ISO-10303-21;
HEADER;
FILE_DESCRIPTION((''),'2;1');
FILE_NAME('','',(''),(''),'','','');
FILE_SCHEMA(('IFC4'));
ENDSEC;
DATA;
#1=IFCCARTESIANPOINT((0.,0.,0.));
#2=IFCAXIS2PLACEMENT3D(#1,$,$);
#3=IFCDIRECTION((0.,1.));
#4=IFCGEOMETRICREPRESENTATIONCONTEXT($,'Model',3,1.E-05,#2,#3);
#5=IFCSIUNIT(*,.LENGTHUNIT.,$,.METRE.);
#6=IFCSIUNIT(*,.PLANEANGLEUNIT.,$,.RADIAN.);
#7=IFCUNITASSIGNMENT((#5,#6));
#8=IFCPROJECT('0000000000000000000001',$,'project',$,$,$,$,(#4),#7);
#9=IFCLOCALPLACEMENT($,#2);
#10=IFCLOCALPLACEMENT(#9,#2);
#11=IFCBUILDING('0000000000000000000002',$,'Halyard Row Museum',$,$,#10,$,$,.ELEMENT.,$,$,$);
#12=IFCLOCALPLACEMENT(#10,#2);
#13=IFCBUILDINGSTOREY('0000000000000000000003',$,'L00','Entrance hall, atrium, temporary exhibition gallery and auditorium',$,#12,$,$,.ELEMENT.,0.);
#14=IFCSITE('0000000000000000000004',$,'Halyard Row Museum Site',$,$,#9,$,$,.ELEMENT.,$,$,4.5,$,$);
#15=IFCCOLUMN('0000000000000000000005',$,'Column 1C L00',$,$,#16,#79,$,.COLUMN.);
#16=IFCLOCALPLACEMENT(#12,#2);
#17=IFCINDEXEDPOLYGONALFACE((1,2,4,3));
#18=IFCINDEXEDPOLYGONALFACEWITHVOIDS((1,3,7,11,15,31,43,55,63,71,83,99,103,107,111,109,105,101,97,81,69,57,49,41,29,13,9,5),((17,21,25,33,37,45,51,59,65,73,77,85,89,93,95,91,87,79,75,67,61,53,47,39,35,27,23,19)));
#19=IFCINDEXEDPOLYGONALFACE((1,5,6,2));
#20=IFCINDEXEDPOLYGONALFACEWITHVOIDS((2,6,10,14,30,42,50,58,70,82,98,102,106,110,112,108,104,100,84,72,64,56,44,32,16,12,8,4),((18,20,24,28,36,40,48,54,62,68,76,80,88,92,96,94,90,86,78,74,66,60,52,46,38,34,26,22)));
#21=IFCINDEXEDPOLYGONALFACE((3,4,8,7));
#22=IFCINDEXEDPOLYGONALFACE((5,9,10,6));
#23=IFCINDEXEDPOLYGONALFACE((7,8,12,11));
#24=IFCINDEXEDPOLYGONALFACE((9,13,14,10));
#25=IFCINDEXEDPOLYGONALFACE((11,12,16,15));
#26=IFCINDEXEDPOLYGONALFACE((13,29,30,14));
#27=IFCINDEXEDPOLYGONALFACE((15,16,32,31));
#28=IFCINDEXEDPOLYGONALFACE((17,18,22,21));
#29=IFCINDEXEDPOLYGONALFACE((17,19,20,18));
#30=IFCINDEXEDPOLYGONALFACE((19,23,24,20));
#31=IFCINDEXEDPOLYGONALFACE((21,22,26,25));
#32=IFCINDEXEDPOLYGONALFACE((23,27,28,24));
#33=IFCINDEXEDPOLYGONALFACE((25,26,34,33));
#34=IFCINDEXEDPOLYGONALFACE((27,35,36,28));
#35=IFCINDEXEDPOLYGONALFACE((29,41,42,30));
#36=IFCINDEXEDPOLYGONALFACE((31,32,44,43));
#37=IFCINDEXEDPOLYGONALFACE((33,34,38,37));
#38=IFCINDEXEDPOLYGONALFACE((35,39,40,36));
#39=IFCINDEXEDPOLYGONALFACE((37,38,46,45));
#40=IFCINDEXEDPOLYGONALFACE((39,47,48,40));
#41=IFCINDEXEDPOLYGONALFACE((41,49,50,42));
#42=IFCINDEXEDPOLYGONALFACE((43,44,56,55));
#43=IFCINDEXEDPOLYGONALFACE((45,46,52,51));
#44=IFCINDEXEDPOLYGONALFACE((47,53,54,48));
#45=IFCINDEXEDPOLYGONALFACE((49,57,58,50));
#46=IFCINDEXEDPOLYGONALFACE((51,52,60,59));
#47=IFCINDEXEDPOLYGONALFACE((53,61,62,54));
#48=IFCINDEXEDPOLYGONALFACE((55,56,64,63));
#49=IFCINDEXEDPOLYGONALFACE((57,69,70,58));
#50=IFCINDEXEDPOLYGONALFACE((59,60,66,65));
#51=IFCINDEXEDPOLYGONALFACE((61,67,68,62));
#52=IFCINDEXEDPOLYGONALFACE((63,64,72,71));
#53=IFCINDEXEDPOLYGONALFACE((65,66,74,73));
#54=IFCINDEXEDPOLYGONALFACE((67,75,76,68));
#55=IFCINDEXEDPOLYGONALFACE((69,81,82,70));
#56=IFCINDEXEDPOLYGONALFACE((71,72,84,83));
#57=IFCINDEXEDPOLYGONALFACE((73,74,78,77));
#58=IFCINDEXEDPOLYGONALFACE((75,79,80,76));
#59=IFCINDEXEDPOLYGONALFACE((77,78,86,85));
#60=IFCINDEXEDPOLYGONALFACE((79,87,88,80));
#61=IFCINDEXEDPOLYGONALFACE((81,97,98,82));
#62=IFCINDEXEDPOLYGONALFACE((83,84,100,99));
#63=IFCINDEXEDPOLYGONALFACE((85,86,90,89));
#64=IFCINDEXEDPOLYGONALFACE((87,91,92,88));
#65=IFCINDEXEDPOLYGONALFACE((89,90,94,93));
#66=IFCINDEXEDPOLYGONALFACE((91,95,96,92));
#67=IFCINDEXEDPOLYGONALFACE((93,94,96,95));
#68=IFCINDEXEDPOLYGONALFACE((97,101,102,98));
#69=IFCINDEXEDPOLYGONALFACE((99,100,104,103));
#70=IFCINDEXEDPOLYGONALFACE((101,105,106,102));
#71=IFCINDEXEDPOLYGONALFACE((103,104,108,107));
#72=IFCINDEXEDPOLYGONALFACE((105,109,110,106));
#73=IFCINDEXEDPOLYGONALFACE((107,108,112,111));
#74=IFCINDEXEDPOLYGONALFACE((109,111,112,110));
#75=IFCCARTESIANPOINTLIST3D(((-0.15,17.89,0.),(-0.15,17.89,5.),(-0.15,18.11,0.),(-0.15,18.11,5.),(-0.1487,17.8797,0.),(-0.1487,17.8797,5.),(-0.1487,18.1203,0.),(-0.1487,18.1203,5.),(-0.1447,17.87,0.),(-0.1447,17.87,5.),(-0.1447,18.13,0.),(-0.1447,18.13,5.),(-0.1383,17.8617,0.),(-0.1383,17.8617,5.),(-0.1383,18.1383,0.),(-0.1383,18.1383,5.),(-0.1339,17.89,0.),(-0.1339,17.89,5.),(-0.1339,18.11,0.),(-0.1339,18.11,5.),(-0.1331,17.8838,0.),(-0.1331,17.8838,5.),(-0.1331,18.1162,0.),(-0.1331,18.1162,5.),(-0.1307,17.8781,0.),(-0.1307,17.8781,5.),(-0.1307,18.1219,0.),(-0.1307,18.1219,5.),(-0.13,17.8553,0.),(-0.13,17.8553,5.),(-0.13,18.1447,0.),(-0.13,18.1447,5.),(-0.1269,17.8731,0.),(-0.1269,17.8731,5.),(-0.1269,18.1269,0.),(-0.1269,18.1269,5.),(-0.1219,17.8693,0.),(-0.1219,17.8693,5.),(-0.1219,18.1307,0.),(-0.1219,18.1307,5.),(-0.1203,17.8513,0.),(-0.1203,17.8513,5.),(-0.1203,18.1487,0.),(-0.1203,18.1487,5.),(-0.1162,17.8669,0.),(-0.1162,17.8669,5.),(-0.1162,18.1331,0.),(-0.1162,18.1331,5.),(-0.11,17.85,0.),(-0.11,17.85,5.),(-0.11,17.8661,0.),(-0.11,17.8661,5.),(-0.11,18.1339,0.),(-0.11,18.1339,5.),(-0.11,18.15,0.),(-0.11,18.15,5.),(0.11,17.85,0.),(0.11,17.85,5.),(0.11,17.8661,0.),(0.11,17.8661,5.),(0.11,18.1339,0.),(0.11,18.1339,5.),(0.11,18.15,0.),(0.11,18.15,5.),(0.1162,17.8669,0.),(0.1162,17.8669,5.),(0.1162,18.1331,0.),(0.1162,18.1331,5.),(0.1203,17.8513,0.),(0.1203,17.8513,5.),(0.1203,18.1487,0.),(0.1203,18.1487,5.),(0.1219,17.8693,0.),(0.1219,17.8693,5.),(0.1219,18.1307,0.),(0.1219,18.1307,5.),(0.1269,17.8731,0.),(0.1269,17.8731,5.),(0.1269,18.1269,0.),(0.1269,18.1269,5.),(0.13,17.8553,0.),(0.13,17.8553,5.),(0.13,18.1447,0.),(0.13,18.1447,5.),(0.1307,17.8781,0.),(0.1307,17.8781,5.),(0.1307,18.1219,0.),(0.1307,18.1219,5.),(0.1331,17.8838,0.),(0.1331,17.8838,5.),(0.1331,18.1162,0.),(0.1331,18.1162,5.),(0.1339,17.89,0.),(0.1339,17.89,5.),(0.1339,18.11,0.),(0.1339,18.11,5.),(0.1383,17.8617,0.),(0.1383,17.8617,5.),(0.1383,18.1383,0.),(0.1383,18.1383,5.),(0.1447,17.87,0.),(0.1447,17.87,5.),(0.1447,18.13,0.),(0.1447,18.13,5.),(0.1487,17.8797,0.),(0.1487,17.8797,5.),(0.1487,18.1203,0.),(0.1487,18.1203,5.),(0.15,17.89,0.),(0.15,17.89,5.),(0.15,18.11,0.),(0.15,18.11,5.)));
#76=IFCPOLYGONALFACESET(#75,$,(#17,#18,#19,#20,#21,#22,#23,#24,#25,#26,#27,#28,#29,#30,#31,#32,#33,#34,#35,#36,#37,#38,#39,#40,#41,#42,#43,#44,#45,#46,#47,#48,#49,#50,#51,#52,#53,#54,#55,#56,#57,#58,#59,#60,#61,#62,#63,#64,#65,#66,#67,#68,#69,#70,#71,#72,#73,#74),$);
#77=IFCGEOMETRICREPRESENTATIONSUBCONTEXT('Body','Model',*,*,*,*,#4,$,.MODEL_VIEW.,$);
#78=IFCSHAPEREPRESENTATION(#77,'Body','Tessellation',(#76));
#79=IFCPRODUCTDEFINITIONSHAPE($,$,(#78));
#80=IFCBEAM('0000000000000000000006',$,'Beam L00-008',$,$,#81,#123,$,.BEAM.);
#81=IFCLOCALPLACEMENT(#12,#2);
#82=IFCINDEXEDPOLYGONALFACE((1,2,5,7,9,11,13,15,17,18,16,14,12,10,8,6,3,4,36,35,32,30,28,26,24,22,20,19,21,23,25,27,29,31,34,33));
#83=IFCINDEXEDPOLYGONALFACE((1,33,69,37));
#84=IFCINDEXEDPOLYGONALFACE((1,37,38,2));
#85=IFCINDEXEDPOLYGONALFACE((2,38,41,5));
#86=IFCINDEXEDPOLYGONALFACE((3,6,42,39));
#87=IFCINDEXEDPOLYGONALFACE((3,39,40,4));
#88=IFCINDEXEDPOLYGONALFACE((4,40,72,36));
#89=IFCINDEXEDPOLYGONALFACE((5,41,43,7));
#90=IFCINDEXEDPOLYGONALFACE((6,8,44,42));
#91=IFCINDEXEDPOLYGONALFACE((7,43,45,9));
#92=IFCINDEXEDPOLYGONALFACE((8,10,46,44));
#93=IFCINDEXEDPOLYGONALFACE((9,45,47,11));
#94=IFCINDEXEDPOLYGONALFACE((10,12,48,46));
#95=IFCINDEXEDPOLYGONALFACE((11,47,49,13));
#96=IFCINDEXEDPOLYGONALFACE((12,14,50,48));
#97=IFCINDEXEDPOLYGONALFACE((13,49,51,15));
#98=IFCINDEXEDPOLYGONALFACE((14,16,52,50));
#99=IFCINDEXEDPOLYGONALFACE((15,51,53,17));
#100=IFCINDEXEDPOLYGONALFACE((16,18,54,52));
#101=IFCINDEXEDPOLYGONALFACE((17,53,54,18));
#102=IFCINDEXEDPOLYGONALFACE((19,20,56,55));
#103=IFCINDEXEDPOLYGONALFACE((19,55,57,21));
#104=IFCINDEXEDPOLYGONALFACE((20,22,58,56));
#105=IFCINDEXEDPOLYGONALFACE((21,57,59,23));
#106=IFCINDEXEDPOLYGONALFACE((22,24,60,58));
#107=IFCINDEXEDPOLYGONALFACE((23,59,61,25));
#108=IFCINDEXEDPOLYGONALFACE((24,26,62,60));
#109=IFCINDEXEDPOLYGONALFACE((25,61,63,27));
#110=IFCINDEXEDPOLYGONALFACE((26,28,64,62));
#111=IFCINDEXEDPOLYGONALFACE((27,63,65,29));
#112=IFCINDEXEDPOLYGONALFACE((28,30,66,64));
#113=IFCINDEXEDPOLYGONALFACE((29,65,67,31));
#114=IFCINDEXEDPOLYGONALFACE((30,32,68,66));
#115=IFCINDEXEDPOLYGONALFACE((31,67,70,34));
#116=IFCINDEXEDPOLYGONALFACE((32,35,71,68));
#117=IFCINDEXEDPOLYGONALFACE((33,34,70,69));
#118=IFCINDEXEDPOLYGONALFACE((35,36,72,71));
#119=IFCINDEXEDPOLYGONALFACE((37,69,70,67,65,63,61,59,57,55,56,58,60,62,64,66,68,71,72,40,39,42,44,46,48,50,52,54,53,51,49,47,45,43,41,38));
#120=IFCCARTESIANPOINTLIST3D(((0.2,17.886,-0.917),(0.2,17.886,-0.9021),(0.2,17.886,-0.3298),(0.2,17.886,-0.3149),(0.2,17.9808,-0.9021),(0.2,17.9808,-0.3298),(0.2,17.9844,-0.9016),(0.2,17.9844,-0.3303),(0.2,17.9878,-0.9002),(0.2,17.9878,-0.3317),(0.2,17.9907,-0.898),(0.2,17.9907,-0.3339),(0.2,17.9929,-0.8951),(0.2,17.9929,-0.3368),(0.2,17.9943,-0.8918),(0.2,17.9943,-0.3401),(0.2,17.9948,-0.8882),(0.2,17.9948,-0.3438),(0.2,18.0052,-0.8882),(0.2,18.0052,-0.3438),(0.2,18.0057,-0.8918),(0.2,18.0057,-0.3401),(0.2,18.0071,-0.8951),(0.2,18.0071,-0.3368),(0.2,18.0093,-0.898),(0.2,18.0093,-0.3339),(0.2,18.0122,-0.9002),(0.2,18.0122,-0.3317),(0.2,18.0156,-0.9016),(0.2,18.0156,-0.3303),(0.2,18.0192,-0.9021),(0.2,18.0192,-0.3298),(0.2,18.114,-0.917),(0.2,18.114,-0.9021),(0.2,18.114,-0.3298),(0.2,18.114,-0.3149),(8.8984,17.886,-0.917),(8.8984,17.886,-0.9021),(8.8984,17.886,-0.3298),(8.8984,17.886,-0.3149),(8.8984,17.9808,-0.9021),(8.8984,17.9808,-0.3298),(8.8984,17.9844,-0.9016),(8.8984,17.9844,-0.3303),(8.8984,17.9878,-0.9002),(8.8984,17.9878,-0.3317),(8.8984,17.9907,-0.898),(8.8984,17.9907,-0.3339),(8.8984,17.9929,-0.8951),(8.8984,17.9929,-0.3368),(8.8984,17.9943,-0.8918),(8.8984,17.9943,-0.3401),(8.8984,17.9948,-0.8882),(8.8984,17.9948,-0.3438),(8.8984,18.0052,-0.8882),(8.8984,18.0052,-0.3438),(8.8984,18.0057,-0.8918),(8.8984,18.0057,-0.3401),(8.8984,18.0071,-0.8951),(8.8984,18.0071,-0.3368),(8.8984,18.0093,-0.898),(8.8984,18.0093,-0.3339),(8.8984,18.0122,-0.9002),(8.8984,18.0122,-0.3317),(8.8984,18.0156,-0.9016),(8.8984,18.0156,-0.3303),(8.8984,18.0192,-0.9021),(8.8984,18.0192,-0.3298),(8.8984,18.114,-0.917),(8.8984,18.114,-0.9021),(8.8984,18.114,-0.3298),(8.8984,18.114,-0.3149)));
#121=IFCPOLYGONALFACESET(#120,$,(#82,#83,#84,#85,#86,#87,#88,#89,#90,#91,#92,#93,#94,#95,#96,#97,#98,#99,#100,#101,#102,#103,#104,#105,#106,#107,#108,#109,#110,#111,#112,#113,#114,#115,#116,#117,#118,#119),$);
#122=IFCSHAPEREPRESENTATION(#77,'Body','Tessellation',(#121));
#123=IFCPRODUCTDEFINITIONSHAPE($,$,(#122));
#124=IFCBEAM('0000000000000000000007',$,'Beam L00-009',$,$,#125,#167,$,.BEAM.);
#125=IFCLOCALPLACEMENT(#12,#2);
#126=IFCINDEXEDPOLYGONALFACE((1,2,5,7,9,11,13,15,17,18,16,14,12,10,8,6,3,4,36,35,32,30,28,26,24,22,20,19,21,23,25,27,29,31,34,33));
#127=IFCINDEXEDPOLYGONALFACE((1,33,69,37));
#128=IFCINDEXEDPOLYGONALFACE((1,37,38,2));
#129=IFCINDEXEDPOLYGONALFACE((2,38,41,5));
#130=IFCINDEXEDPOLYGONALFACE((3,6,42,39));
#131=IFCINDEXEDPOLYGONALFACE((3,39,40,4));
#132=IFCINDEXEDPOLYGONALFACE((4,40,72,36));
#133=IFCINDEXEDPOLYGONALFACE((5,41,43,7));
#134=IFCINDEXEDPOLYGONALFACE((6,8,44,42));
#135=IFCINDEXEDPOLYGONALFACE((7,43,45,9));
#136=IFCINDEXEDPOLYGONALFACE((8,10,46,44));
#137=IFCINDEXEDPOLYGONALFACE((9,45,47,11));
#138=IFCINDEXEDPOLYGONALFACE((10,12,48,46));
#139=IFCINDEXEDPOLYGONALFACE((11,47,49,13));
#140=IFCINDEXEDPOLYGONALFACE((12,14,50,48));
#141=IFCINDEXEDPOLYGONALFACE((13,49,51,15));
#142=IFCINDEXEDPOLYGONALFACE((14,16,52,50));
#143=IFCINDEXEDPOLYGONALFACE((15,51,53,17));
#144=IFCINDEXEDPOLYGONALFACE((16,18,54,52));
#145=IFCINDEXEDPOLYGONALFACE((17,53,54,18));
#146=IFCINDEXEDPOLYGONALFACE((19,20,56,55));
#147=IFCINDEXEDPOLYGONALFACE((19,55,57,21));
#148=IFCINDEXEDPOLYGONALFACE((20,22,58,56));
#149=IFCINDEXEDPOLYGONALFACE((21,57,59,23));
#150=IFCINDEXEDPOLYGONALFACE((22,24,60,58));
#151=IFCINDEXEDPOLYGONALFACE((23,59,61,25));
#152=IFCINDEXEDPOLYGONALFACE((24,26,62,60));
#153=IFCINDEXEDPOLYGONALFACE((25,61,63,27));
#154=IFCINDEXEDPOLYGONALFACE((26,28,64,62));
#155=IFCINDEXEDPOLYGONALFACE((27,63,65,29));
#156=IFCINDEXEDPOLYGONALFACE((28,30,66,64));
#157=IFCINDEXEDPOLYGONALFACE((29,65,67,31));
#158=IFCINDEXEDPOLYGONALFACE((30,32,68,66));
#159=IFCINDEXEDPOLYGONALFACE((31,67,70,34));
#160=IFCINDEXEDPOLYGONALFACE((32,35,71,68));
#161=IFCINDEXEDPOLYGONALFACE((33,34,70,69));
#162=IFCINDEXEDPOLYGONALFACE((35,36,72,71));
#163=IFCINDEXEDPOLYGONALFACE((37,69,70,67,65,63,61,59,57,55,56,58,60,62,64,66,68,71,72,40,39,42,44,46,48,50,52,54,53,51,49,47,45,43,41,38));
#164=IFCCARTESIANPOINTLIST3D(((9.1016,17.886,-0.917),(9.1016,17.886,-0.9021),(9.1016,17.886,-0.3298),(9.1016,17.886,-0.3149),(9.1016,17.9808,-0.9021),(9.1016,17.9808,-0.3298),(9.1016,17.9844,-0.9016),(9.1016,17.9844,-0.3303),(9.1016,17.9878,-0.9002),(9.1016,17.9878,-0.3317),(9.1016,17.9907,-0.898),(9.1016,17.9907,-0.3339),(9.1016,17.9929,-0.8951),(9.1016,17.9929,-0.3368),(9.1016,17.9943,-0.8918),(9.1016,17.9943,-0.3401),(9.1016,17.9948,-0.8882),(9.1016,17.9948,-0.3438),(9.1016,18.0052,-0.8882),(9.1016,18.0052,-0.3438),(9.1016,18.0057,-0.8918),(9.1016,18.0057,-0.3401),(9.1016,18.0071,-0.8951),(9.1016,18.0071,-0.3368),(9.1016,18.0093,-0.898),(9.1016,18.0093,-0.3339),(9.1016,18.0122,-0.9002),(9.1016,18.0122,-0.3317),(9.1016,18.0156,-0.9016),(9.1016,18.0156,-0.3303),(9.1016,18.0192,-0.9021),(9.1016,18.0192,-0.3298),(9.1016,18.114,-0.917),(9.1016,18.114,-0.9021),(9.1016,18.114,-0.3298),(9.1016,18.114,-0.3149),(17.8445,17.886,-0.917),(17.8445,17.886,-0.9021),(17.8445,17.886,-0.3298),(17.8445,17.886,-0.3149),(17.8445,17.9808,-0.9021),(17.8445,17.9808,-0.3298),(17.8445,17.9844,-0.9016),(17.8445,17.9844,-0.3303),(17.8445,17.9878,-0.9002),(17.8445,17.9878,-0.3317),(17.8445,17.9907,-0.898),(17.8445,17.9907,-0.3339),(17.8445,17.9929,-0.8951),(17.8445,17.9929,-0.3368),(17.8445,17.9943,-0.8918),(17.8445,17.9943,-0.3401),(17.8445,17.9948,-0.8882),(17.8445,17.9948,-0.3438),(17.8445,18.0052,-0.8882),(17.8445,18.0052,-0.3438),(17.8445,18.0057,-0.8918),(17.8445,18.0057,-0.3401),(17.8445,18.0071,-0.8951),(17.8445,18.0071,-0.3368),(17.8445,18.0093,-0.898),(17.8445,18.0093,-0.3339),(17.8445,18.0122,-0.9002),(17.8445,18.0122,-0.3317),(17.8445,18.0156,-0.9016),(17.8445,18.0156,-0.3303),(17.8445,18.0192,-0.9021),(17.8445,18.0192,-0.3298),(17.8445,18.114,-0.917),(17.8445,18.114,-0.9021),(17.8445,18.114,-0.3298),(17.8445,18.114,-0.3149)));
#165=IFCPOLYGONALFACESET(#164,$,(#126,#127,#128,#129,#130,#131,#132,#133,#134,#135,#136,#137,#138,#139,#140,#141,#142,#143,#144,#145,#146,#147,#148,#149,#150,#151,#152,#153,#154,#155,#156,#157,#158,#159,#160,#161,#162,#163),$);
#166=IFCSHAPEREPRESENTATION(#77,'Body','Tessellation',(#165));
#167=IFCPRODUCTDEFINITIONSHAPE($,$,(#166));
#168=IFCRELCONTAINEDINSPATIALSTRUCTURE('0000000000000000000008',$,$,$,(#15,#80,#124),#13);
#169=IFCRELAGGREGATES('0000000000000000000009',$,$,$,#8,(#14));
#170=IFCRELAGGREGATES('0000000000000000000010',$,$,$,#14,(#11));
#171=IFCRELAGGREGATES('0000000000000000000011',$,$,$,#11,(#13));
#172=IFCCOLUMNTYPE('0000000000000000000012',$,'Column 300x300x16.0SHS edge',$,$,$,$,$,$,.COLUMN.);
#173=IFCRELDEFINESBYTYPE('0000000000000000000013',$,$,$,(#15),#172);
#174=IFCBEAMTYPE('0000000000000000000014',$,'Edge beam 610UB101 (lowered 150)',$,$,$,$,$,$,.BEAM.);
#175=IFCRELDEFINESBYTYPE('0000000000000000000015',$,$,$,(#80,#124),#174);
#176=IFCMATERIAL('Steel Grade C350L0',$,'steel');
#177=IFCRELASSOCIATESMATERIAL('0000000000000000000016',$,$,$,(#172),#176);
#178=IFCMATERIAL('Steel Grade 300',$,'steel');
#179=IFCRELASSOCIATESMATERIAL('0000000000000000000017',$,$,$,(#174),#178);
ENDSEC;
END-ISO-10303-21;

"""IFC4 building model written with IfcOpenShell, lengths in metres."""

from ifc_helpers import new_model, si_unit, direction, frame, origin, origin_2d, place, context, subcontext, project, spatial, hollow_rectangle, i_section, extrude, material, material_profile, profile_set, type_object, element, save


model = new_model("IFC4")

# Units and contexts
model_context = context("Model", 3, precision=1e-05, world=origin(), true_north=direction((0.0, 1.0)))
body_context = subcontext(model_context, "Body", "Model", "MODEL_VIEW")
ifc_project = project(units=[si_unit("LENGTHUNIT", "METRE"), si_unit("PLANEANGLEUNIT", "RADIAN")], contexts=[model_context])

# Site, building, storey
site_placement = place(None, origin())
site = spatial("IfcSite", under=ifc_project, at=site_placement, Name="Halyard Row Museum Site", CompositionType="ELEMENT", RefElevation=4.5)
building_placement = place(site_placement, origin())
building = spatial("IfcBuilding", under=site, at=building_placement, Name="Halyard Row Museum", CompositionType="ELEMENT")
storey_placement = place(building_placement, origin())
storey = spatial("IfcBuildingStorey", under=building, at=storey_placement, Name="L00", Description="Entrance hall, atrium, temporary exhibition gallery and auditorium", CompositionType="ELEMENT", Elevation=0.0)

# Column
ifc_material_1 = material(Name="Steel Grade C350L0", Category="steel")
ifc_material_profile_1 = material_profile(ifc_material_1, hollow_rectangle(XDim=0.3, YDim=0.3, WallThickness=0.0161, InnerFilletRadius=0.0239, OuterFilletRadius=0.04, at=origin_2d()), Name="300x300x16.0SHS")
ifc_profile_set_1 = profile_set([ifc_material_profile_1], Name="Steel Grade C350L0")
column_type = type_object("IfcColumnType", Name="Column 300x300x16.0SHS edge", PredefinedType="COLUMN", material=ifc_profile_set_1)
column_placement = place(storey_placement, frame((0.0, 18.0, 0.0), z_axis=(0.0, 0.0, 1.0), x_axis=(1.0, 0.0, 0.0)))
element("IfcColumn", 1, at=column_placement, inside=storey, type_object=column_type, Name="Column 1C L00", PredefinedType="COLUMN", context=body_context, shape_type="SweptSolid", body=[
    extrude(hollow_rectangle(XDim=0.3, YDim=0.3, WallThickness=0.0161, InnerFilletRadius=0.0239, OuterFilletRadius=0.04, at=origin_2d()), origin(), (0.0, 0.0, 1.0), 5.0),
])

# Beams
ifc_material_2 = material(Name="Steel Grade 300", Category="steel")
ifc_material_profile_2 = material_profile(ifc_material_2, i_section(OverallWidth=0.228, OverallDepth=0.6021, WebThickness=0.0105, FlangeThickness=0.0149, FilletRadius=0.0139, at=origin_2d()), Name="610UB101")
ifc_profile_set_2 = profile_set([ifc_material_profile_2], Name="Steel Grade 300")
beam_type_1 = type_object("IfcBeamType", Name="Edge beam 610UB101 (lowered 150)", PredefinedType="BEAM", material=ifc_profile_set_2)
beam_1_placement = place(storey_placement, frame((0.2, 18.0, -0.616), z_axis=(1.0, 0.0, 0.0), x_axis=(0.0, 1.0, 0.0)))
element("IfcBeam", 2, at=beam_1_placement, inside=storey, type_object=beam_type_1, Name="Beam L00-008", PredefinedType="BEAM", context=body_context, shape_type="SweptSolid", body=[
    extrude(i_section(OverallWidth=0.228, OverallDepth=0.6021, WebThickness=0.0105, FlangeThickness=0.0149, FilletRadius=0.0139, at=origin_2d()), origin(), (0.0, 0.0, 1.0), 8.6985),
])
beam_2_placement = place(storey_placement, frame((9.1016, 18.0, -0.616), z_axis=(1.0, 0.0, 0.0), x_axis=(0.0, 1.0, 0.0)))
element("IfcBeam", 3, at=beam_2_placement, inside=storey, type_object=beam_type_1, Name="Beam L00-009", PredefinedType="BEAM", context=body_context, shape_type="SweptSolid", body=[
    extrude(i_section(OverallWidth=0.228, OverallDepth=0.6021, WebThickness=0.0105, FlangeThickness=0.0149, FilletRadius=0.0139, at=origin_2d()), origin(), (0.0, 0.0, 1.0), 8.7429),
])

save(model, "model.ifc")
